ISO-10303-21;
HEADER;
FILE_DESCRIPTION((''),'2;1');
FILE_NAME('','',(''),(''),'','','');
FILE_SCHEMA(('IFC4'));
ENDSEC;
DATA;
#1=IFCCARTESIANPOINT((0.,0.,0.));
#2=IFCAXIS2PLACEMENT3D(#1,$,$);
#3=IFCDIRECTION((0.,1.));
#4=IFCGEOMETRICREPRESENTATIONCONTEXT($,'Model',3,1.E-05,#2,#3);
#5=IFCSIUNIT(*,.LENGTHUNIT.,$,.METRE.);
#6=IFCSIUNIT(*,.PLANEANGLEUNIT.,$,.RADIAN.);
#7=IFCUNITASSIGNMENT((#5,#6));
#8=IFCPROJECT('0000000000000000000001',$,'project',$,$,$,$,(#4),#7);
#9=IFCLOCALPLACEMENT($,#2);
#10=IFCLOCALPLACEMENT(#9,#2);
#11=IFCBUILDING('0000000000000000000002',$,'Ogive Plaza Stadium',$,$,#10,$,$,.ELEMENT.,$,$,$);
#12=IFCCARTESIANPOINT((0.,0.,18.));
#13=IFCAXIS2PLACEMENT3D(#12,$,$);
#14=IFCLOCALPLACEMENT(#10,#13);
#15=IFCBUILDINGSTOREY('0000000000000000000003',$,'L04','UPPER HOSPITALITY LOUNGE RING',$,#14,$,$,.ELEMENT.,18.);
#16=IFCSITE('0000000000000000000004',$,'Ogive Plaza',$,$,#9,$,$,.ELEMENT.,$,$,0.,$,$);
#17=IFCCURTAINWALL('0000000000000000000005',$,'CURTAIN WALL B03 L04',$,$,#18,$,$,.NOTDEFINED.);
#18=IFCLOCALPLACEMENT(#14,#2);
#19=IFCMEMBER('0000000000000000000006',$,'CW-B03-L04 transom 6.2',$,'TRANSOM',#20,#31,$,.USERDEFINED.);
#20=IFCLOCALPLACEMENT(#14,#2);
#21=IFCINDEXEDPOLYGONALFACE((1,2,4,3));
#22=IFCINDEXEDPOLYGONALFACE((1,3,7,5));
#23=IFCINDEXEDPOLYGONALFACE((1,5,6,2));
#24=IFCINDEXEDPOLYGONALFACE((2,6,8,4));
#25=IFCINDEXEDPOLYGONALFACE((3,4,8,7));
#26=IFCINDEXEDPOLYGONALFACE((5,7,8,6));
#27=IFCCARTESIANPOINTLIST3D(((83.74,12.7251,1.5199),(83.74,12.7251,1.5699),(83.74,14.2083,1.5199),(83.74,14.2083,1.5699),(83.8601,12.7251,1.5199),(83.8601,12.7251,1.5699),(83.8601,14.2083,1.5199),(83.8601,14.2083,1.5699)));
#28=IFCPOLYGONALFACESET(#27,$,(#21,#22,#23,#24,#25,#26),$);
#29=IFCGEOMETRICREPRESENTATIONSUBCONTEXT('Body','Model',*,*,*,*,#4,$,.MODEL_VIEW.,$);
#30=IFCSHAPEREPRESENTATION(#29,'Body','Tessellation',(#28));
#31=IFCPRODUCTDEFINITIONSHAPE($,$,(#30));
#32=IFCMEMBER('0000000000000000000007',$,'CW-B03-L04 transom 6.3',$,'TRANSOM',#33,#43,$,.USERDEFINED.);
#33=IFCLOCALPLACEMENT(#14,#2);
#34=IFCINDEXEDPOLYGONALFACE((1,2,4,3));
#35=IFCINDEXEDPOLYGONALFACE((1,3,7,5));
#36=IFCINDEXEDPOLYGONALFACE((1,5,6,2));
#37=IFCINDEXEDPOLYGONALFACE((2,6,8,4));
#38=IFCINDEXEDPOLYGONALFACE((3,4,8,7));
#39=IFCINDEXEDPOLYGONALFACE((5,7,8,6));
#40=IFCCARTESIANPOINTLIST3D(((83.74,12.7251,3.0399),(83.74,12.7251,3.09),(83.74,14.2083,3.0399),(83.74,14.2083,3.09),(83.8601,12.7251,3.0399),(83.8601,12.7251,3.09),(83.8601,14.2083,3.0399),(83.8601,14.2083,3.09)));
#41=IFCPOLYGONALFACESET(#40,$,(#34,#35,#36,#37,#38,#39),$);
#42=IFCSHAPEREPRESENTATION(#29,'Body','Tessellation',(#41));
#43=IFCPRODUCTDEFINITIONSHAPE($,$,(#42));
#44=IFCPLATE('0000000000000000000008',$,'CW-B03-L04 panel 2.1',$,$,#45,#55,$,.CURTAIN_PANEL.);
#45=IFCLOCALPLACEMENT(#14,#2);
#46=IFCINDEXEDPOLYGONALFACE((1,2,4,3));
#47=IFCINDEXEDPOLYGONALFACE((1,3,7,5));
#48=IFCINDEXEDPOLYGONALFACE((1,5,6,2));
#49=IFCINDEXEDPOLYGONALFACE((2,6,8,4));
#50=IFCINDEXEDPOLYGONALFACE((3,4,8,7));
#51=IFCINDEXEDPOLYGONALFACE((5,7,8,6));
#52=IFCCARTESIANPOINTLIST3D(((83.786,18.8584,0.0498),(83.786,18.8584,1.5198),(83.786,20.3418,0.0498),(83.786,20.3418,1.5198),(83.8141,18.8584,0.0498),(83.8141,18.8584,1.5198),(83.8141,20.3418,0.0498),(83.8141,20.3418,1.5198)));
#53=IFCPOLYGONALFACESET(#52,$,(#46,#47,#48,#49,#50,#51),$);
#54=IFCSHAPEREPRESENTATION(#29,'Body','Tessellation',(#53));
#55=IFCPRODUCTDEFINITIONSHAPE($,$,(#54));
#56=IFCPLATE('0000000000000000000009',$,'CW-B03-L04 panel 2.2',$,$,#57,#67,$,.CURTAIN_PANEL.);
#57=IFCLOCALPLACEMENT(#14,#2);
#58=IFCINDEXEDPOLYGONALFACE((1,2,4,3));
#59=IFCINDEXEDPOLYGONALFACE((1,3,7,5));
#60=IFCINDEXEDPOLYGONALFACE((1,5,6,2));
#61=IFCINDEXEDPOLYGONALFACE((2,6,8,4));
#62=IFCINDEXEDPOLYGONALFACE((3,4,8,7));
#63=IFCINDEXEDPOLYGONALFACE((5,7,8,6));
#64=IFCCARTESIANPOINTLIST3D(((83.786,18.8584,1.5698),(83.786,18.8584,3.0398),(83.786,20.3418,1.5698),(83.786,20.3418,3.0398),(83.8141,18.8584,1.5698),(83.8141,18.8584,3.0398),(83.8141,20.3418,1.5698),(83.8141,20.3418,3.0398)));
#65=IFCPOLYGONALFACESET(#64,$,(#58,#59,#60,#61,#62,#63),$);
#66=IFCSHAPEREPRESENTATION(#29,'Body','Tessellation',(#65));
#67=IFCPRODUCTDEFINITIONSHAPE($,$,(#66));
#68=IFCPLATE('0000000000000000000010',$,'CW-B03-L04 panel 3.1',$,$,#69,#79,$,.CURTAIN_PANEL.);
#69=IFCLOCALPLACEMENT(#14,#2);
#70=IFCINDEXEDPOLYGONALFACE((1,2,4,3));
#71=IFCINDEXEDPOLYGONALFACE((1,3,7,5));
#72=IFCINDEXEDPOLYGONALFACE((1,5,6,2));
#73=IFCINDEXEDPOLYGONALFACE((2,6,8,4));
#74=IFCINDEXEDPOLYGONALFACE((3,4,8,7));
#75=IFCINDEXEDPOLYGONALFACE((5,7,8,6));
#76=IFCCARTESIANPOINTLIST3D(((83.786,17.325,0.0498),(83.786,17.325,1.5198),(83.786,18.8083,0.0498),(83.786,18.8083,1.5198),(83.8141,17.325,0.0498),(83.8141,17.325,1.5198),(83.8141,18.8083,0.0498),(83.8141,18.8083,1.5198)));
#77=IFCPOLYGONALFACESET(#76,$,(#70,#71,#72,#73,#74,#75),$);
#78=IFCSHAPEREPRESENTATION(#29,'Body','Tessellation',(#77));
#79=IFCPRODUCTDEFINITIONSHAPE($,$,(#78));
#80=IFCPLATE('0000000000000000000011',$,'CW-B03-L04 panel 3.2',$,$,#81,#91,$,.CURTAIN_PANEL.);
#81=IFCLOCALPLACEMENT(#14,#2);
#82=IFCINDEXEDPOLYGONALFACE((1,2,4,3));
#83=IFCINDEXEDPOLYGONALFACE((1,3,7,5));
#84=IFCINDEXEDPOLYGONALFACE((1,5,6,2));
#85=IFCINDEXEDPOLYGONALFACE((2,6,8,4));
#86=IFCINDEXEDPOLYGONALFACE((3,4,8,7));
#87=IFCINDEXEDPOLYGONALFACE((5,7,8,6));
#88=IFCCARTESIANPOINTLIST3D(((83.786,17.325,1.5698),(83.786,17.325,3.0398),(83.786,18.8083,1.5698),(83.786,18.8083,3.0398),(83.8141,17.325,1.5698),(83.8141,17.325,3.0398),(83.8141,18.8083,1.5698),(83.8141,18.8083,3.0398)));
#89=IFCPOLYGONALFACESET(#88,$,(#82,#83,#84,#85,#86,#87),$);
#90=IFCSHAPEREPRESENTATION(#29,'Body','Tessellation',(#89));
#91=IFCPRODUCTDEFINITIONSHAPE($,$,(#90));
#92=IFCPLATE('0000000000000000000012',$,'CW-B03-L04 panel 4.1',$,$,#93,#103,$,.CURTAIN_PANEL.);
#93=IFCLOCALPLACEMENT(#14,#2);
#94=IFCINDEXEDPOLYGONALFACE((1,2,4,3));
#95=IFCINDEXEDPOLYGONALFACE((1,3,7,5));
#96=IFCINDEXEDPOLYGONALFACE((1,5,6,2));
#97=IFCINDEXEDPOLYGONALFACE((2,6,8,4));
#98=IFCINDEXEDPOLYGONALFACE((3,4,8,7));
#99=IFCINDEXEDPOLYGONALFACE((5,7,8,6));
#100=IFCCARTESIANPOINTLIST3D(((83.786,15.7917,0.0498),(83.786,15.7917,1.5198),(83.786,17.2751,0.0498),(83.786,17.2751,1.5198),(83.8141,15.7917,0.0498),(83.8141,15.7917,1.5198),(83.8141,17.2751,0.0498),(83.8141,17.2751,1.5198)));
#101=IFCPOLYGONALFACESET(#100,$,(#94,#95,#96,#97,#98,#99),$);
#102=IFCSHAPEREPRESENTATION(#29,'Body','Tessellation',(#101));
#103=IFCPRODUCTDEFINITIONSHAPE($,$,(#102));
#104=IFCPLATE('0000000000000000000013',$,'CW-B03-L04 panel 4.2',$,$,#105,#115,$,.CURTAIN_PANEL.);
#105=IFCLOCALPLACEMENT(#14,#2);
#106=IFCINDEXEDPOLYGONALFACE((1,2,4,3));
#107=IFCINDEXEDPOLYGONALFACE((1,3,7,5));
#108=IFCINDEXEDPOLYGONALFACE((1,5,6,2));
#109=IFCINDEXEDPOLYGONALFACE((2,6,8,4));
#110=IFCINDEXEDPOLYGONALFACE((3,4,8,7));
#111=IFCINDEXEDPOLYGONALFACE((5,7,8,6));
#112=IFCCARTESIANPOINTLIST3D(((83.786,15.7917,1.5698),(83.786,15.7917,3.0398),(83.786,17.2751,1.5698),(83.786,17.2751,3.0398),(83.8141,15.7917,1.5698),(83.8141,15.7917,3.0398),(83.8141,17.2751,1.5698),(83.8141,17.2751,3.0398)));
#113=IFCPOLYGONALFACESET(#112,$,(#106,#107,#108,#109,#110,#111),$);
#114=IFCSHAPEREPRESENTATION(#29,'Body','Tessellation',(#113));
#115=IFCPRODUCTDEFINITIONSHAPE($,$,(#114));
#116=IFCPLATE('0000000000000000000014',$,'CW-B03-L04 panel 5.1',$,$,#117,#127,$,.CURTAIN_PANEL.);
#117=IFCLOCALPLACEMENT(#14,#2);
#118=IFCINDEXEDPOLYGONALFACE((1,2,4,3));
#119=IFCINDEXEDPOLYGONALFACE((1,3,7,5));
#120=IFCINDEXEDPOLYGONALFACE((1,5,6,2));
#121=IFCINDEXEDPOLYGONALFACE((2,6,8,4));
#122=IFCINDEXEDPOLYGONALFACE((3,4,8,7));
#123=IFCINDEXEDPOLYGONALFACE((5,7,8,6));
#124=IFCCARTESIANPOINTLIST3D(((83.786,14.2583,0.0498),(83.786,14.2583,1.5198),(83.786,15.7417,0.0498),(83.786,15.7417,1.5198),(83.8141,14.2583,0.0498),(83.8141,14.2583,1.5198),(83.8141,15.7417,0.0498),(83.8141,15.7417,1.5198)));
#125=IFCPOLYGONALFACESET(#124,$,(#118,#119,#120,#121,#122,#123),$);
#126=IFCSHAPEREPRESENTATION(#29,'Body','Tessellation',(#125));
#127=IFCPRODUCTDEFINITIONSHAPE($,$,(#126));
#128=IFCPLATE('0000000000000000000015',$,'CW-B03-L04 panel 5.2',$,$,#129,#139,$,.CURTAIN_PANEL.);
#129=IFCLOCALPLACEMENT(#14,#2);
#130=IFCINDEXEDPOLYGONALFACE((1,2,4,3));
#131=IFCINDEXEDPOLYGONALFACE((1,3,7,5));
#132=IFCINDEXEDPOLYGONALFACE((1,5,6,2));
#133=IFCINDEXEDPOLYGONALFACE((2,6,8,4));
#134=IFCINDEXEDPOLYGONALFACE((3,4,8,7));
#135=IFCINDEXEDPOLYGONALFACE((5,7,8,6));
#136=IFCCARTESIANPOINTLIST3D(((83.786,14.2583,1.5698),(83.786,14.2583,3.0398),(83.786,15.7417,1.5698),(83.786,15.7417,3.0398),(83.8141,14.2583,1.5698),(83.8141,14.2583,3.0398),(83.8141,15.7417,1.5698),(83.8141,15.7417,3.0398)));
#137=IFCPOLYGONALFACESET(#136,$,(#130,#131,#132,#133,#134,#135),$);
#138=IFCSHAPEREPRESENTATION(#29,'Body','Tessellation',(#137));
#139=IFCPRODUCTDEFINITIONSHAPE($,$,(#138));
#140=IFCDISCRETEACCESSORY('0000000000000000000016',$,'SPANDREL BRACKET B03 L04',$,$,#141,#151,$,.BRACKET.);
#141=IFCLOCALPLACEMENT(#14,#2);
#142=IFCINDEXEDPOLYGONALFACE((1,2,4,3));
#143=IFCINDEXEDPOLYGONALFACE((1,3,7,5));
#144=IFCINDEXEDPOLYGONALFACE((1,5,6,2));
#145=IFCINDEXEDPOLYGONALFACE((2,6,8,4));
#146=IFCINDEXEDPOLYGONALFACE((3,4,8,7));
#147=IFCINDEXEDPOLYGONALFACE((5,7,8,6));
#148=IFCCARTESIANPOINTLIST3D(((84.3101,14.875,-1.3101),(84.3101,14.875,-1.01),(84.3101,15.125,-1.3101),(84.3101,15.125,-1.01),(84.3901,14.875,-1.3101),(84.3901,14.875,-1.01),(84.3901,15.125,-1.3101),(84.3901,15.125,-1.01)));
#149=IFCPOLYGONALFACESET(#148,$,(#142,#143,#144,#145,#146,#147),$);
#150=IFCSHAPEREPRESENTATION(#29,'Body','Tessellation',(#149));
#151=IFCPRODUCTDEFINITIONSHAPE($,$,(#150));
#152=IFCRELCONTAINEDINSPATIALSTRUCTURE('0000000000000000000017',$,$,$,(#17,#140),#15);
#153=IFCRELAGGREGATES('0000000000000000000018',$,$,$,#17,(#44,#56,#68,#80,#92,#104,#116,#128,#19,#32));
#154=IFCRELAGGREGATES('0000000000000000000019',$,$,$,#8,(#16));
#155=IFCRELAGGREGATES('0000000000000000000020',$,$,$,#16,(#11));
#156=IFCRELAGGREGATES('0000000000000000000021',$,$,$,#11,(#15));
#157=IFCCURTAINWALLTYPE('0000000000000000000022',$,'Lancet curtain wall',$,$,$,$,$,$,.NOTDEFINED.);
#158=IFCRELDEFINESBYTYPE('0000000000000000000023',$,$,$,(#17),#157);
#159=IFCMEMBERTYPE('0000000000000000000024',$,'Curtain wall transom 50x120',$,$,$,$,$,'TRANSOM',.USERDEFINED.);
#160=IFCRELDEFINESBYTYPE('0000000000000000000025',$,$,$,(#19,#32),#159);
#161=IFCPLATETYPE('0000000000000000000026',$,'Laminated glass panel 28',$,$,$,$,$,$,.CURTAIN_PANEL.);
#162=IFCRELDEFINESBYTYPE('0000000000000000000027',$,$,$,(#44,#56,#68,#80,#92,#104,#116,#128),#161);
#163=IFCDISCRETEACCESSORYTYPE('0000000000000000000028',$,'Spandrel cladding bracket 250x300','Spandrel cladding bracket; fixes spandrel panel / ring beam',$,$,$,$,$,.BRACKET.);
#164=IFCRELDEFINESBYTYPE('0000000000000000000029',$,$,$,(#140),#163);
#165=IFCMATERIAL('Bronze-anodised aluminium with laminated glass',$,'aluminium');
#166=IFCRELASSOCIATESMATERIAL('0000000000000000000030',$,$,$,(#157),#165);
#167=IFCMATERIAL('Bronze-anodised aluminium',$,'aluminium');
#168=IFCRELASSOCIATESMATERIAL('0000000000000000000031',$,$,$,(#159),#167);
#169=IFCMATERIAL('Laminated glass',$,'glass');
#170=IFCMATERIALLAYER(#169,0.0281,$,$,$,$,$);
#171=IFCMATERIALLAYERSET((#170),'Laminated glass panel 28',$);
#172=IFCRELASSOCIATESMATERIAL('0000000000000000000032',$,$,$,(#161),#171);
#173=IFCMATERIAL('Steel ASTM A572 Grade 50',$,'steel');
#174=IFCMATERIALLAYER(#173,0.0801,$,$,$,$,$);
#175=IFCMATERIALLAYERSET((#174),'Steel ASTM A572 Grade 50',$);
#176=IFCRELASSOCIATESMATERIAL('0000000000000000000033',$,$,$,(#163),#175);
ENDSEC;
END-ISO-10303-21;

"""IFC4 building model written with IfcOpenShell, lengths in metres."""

from ifc_helpers import new_model, si_unit, direction, frame, origin, origin_2d, place, context, subcontext, project, spatial, rectangle, extrude, material, layer, layer_set, material_profile, profile_set, type_object, element, aggregate, save


model = new_model("IFC4")

# Units and contexts
model_context = context("Model", 3, precision=1e-05, world=origin(), true_north=direction((0.0, 1.0)))
body_context = subcontext(model_context, "Body", "Model", "MODEL_VIEW")
ifc_project = project(units=[si_unit("LENGTHUNIT", "METRE"), si_unit("PLANEANGLEUNIT", "RADIAN")], contexts=[model_context])

# Site, building, storey
site_placement = place(None, origin())
site = spatial("IfcSite", under=ifc_project, at=site_placement, Name="Ogive Plaza", CompositionType="ELEMENT", RefElevation=0.0)
building_placement = place(site_placement, origin())
building = spatial("IfcBuilding", under=site, at=building_placement, Name="Ogive Plaza Stadium", CompositionType="ELEMENT")
storey_placement = place(building_placement, frame((0.0, 0.0, 18.0)))
storey = spatial("IfcBuildingStorey", under=building, at=storey_placement, Name="L04", Description="UPPER HOSPITALITY LOUNGE RING", CompositionType="ELEMENT", Elevation=18.0)

# Curtain wall, members, plates
ifc_material_1 = material(Name="Bronze-anodised aluminium with laminated glass", Category="aluminium")
curtain_wall_type = type_object("IfcCurtainWallType", Name="Lancet curtain wall", PredefinedType="NOTDEFINED", material=ifc_material_1)
curtain_wall_placement = place(storey_placement, origin())
curtain_wall = element("IfcCurtainWall", 1, at=curtain_wall_placement, inside=storey, type_object=curtain_wall_type, Name="CURTAIN WALL B03 L04", PredefinedType="NOTDEFINED")
ifc_material_2 = material(Name="Bronze-anodised aluminium", Category="aluminium")
ifc_material_profile_1 = material_profile(ifc_material_2, rectangle(XDim=0.1201, YDim=0.05, at=origin_2d()), Name="AL 120x50")
ifc_profile_set_1 = profile_set([ifc_material_profile_1], Name="Bronze-anodised aluminium")
member_type_1 = type_object("IfcMemberType", Name="Curtain wall transom 50x120", ElementType="TRANSOM", PredefinedType="USERDEFINED", material=ifc_profile_set_1)
member_1_placement = place(storey_placement, frame((83.8, 14.2083, 1.5449), z_axis=(0.0, -1.0, 0.0), x_axis=(1.0, 0.0, 0.0)))
member_1 = element("IfcMember", 2, at=member_1_placement, type_object=member_type_1, Name="CW-B03-L04 transom 6.2", ObjectType="TRANSOM", PredefinedType="USERDEFINED", context=body_context, shape_type="SweptSolid", body=[
    extrude(rectangle(XDim=0.1201, YDim=0.05, at=origin_2d()), origin(), (0.0, 0.0, 1.0), 1.4832),
])
member_2_placement = place(storey_placement, frame((83.8, 14.2083, 3.0649), z_axis=(0.0, -1.0, 0.0), x_axis=(1.0, 0.0, 0.0)))
member_2 = element("IfcMember", 3, at=member_2_placement, type_object=member_type_1, Name="CW-B03-L04 transom 6.3", ObjectType="TRANSOM", PredefinedType="USERDEFINED", context=body_context, shape_type="SweptSolid", body=[
    extrude(rectangle(XDim=0.1201, YDim=0.05, at=origin_2d()), origin(), (0.0, 0.0, 1.0), 1.4832),
])
ifc_material_3 = material(Name="Laminated glass", Category="glass")
ifc_layer_1 = layer(ifc_material_3, 0.0281)
ifc_layer_set_1 = layer_set([ifc_layer_1], Name="Laminated glass panel 28")
plate_type = type_object("IfcPlateType", Name="Laminated glass panel 28", PredefinedType="CURTAIN_PANEL", material=ifc_layer_set_1)
plate_1_placement = place(storey_placement, frame((83.8, 19.6001, 0.0498), z_axis=(0.0, 0.0, 1.0), x_axis=(0.0, -1.0, 0.0)))
plate_1 = element("IfcPlate", 4, at=plate_1_placement, type_object=plate_type, Name="CW-B03-L04 panel 2.1", PredefinedType="CURTAIN_PANEL", context=body_context, shape_type="SweptSolid", body=[
    extrude(rectangle(XDim=1.4834, YDim=0.0281, at=origin_2d()), origin(), (0.0, 0.0, 1.0), 1.47),
])
plate_2_placement = place(storey_placement, frame((83.8, 19.6001, 1.5698), z_axis=(0.0, 0.0, 1.0), x_axis=(0.0, -1.0, 0.0)))
plate_2 = element("IfcPlate", 5, at=plate_2_placement, type_object=plate_type, Name="CW-B03-L04 panel 2.2", PredefinedType="CURTAIN_PANEL", context=body_context, shape_type="SweptSolid", body=[
    extrude(rectangle(XDim=1.4834, YDim=0.0281, at=origin_2d()), origin(), (0.0, 0.0, 1.0), 1.47),
])
plate_3_placement = place(storey_placement, frame((83.8, 18.0667, 0.0498), z_axis=(0.0, 0.0, 1.0), x_axis=(0.0, -1.0, 0.0)))
plate_3 = element("IfcPlate", 6, at=plate_3_placement, type_object=plate_type, Name="CW-B03-L04 panel 3.1", PredefinedType="CURTAIN_PANEL", context=body_context, shape_type="SweptSolid", body=[
    extrude(rectangle(XDim=1.4834, YDim=0.0281, at=origin_2d()), origin(), (0.0, 0.0, 1.0), 1.47),
])
plate_4_placement = place(storey_placement, frame((83.8, 18.0667, 1.5698), z_axis=(0.0, 0.0, 1.0), x_axis=(0.0, -1.0, 0.0)))
plate_4 = element("IfcPlate", 7, at=plate_4_placement, type_object=plate_type, Name="CW-B03-L04 panel 3.2", PredefinedType="CURTAIN_PANEL", context=body_context, shape_type="SweptSolid", body=[
    extrude(rectangle(XDim=1.4834, YDim=0.0281, at=origin_2d()), origin(), (0.0, 0.0, 1.0), 1.47),
])
plate_5_placement = place(storey_placement, frame((83.8, 16.5334, 0.0498), z_axis=(0.0, 0.0, 1.0), x_axis=(0.0, -1.0, 0.0)))
plate_5 = element("IfcPlate", 8, at=plate_5_placement, type_object=plate_type, Name="CW-B03-L04 panel 4.1", PredefinedType="CURTAIN_PANEL", context=body_context, shape_type="SweptSolid", body=[
    extrude(rectangle(XDim=1.4834, YDim=0.0281, at=origin_2d()), origin(), (0.0, 0.0, 1.0), 1.47),
])
plate_6_placement = place(storey_placement, frame((83.8, 16.5334, 1.5698), z_axis=(0.0, 0.0, 1.0), x_axis=(0.0, -1.0, 0.0)))
plate_6 = element("IfcPlate", 9, at=plate_6_placement, type_object=plate_type, Name="CW-B03-L04 panel 4.2", PredefinedType="CURTAIN_PANEL", context=body_context, shape_type="SweptSolid", body=[
    extrude(rectangle(XDim=1.4834, YDim=0.0281, at=origin_2d()), origin(), (0.0, 0.0, 1.0), 1.47),
])
plate_7_placement = place(storey_placement, frame((83.8, 15.0, 0.0498), z_axis=(0.0, 0.0, 1.0), x_axis=(0.0, -1.0, 0.0)))
plate_7 = element("IfcPlate", 10, at=plate_7_placement, type_object=plate_type, Name="CW-B03-L04 panel 5.1", PredefinedType="CURTAIN_PANEL", context=body_context, shape_type="SweptSolid", body=[
    extrude(rectangle(XDim=1.4834, YDim=0.0281, at=origin_2d()), origin(), (0.0, 0.0, 1.0), 1.47),
])
plate_8_placement = place(storey_placement, frame((83.8, 15.0, 1.5698), z_axis=(0.0, 0.0, 1.0), x_axis=(0.0, -1.0, 0.0)))
plate_8 = element("IfcPlate", 11, at=plate_8_placement, type_object=plate_type, Name="CW-B03-L04 panel 5.2", PredefinedType="CURTAIN_PANEL", context=body_context, shape_type="SweptSolid", body=[
    extrude(rectangle(XDim=1.4834, YDim=0.0281, at=origin_2d()), origin(), (0.0, 0.0, 1.0), 1.47),
])
aggregate(curtain_wall, [plate_1, plate_2, plate_3, plate_4, plate_5, plate_6, plate_7, plate_8, member_1, member_2])

# Discrete accessory
ifc_material_4 = material(Name="Steel ASTM A572 Grade 50", Category="steel")
ifc_layer_2 = layer(ifc_material_4, 0.0801)
ifc_layer_set_2 = layer_set([ifc_layer_2], Name="Steel ASTM A572 Grade 50")
discrete_accessory_type = type_object("IfcDiscreteAccessoryType", Name="Spandrel cladding bracket 250x300", Description="Spandrel cladding bracket; fixes spandrel panel / ring beam", PredefinedType="BRACKET", material=ifc_layer_set_2)
discrete_accessory_placement = place(storey_placement, frame((84.3501, 15.0, -1.3101), z_axis=(0.0, 0.0, 1.0), x_axis=(0.0, -1.0, 0.0)))
element("IfcDiscreteAccessory", 12, at=discrete_accessory_placement, inside=storey, type_object=discrete_accessory_type, Name="SPANDREL BRACKET B03 L04", PredefinedType="BRACKET", context=body_context, shape_type="SweptSolid", body=[
    extrude(rectangle(XDim=0.25, YDim=0.0801, at=origin_2d()), origin(), (0.0, 0.0, 1.0), 0.3),
])

save(model, "model.ifc")
